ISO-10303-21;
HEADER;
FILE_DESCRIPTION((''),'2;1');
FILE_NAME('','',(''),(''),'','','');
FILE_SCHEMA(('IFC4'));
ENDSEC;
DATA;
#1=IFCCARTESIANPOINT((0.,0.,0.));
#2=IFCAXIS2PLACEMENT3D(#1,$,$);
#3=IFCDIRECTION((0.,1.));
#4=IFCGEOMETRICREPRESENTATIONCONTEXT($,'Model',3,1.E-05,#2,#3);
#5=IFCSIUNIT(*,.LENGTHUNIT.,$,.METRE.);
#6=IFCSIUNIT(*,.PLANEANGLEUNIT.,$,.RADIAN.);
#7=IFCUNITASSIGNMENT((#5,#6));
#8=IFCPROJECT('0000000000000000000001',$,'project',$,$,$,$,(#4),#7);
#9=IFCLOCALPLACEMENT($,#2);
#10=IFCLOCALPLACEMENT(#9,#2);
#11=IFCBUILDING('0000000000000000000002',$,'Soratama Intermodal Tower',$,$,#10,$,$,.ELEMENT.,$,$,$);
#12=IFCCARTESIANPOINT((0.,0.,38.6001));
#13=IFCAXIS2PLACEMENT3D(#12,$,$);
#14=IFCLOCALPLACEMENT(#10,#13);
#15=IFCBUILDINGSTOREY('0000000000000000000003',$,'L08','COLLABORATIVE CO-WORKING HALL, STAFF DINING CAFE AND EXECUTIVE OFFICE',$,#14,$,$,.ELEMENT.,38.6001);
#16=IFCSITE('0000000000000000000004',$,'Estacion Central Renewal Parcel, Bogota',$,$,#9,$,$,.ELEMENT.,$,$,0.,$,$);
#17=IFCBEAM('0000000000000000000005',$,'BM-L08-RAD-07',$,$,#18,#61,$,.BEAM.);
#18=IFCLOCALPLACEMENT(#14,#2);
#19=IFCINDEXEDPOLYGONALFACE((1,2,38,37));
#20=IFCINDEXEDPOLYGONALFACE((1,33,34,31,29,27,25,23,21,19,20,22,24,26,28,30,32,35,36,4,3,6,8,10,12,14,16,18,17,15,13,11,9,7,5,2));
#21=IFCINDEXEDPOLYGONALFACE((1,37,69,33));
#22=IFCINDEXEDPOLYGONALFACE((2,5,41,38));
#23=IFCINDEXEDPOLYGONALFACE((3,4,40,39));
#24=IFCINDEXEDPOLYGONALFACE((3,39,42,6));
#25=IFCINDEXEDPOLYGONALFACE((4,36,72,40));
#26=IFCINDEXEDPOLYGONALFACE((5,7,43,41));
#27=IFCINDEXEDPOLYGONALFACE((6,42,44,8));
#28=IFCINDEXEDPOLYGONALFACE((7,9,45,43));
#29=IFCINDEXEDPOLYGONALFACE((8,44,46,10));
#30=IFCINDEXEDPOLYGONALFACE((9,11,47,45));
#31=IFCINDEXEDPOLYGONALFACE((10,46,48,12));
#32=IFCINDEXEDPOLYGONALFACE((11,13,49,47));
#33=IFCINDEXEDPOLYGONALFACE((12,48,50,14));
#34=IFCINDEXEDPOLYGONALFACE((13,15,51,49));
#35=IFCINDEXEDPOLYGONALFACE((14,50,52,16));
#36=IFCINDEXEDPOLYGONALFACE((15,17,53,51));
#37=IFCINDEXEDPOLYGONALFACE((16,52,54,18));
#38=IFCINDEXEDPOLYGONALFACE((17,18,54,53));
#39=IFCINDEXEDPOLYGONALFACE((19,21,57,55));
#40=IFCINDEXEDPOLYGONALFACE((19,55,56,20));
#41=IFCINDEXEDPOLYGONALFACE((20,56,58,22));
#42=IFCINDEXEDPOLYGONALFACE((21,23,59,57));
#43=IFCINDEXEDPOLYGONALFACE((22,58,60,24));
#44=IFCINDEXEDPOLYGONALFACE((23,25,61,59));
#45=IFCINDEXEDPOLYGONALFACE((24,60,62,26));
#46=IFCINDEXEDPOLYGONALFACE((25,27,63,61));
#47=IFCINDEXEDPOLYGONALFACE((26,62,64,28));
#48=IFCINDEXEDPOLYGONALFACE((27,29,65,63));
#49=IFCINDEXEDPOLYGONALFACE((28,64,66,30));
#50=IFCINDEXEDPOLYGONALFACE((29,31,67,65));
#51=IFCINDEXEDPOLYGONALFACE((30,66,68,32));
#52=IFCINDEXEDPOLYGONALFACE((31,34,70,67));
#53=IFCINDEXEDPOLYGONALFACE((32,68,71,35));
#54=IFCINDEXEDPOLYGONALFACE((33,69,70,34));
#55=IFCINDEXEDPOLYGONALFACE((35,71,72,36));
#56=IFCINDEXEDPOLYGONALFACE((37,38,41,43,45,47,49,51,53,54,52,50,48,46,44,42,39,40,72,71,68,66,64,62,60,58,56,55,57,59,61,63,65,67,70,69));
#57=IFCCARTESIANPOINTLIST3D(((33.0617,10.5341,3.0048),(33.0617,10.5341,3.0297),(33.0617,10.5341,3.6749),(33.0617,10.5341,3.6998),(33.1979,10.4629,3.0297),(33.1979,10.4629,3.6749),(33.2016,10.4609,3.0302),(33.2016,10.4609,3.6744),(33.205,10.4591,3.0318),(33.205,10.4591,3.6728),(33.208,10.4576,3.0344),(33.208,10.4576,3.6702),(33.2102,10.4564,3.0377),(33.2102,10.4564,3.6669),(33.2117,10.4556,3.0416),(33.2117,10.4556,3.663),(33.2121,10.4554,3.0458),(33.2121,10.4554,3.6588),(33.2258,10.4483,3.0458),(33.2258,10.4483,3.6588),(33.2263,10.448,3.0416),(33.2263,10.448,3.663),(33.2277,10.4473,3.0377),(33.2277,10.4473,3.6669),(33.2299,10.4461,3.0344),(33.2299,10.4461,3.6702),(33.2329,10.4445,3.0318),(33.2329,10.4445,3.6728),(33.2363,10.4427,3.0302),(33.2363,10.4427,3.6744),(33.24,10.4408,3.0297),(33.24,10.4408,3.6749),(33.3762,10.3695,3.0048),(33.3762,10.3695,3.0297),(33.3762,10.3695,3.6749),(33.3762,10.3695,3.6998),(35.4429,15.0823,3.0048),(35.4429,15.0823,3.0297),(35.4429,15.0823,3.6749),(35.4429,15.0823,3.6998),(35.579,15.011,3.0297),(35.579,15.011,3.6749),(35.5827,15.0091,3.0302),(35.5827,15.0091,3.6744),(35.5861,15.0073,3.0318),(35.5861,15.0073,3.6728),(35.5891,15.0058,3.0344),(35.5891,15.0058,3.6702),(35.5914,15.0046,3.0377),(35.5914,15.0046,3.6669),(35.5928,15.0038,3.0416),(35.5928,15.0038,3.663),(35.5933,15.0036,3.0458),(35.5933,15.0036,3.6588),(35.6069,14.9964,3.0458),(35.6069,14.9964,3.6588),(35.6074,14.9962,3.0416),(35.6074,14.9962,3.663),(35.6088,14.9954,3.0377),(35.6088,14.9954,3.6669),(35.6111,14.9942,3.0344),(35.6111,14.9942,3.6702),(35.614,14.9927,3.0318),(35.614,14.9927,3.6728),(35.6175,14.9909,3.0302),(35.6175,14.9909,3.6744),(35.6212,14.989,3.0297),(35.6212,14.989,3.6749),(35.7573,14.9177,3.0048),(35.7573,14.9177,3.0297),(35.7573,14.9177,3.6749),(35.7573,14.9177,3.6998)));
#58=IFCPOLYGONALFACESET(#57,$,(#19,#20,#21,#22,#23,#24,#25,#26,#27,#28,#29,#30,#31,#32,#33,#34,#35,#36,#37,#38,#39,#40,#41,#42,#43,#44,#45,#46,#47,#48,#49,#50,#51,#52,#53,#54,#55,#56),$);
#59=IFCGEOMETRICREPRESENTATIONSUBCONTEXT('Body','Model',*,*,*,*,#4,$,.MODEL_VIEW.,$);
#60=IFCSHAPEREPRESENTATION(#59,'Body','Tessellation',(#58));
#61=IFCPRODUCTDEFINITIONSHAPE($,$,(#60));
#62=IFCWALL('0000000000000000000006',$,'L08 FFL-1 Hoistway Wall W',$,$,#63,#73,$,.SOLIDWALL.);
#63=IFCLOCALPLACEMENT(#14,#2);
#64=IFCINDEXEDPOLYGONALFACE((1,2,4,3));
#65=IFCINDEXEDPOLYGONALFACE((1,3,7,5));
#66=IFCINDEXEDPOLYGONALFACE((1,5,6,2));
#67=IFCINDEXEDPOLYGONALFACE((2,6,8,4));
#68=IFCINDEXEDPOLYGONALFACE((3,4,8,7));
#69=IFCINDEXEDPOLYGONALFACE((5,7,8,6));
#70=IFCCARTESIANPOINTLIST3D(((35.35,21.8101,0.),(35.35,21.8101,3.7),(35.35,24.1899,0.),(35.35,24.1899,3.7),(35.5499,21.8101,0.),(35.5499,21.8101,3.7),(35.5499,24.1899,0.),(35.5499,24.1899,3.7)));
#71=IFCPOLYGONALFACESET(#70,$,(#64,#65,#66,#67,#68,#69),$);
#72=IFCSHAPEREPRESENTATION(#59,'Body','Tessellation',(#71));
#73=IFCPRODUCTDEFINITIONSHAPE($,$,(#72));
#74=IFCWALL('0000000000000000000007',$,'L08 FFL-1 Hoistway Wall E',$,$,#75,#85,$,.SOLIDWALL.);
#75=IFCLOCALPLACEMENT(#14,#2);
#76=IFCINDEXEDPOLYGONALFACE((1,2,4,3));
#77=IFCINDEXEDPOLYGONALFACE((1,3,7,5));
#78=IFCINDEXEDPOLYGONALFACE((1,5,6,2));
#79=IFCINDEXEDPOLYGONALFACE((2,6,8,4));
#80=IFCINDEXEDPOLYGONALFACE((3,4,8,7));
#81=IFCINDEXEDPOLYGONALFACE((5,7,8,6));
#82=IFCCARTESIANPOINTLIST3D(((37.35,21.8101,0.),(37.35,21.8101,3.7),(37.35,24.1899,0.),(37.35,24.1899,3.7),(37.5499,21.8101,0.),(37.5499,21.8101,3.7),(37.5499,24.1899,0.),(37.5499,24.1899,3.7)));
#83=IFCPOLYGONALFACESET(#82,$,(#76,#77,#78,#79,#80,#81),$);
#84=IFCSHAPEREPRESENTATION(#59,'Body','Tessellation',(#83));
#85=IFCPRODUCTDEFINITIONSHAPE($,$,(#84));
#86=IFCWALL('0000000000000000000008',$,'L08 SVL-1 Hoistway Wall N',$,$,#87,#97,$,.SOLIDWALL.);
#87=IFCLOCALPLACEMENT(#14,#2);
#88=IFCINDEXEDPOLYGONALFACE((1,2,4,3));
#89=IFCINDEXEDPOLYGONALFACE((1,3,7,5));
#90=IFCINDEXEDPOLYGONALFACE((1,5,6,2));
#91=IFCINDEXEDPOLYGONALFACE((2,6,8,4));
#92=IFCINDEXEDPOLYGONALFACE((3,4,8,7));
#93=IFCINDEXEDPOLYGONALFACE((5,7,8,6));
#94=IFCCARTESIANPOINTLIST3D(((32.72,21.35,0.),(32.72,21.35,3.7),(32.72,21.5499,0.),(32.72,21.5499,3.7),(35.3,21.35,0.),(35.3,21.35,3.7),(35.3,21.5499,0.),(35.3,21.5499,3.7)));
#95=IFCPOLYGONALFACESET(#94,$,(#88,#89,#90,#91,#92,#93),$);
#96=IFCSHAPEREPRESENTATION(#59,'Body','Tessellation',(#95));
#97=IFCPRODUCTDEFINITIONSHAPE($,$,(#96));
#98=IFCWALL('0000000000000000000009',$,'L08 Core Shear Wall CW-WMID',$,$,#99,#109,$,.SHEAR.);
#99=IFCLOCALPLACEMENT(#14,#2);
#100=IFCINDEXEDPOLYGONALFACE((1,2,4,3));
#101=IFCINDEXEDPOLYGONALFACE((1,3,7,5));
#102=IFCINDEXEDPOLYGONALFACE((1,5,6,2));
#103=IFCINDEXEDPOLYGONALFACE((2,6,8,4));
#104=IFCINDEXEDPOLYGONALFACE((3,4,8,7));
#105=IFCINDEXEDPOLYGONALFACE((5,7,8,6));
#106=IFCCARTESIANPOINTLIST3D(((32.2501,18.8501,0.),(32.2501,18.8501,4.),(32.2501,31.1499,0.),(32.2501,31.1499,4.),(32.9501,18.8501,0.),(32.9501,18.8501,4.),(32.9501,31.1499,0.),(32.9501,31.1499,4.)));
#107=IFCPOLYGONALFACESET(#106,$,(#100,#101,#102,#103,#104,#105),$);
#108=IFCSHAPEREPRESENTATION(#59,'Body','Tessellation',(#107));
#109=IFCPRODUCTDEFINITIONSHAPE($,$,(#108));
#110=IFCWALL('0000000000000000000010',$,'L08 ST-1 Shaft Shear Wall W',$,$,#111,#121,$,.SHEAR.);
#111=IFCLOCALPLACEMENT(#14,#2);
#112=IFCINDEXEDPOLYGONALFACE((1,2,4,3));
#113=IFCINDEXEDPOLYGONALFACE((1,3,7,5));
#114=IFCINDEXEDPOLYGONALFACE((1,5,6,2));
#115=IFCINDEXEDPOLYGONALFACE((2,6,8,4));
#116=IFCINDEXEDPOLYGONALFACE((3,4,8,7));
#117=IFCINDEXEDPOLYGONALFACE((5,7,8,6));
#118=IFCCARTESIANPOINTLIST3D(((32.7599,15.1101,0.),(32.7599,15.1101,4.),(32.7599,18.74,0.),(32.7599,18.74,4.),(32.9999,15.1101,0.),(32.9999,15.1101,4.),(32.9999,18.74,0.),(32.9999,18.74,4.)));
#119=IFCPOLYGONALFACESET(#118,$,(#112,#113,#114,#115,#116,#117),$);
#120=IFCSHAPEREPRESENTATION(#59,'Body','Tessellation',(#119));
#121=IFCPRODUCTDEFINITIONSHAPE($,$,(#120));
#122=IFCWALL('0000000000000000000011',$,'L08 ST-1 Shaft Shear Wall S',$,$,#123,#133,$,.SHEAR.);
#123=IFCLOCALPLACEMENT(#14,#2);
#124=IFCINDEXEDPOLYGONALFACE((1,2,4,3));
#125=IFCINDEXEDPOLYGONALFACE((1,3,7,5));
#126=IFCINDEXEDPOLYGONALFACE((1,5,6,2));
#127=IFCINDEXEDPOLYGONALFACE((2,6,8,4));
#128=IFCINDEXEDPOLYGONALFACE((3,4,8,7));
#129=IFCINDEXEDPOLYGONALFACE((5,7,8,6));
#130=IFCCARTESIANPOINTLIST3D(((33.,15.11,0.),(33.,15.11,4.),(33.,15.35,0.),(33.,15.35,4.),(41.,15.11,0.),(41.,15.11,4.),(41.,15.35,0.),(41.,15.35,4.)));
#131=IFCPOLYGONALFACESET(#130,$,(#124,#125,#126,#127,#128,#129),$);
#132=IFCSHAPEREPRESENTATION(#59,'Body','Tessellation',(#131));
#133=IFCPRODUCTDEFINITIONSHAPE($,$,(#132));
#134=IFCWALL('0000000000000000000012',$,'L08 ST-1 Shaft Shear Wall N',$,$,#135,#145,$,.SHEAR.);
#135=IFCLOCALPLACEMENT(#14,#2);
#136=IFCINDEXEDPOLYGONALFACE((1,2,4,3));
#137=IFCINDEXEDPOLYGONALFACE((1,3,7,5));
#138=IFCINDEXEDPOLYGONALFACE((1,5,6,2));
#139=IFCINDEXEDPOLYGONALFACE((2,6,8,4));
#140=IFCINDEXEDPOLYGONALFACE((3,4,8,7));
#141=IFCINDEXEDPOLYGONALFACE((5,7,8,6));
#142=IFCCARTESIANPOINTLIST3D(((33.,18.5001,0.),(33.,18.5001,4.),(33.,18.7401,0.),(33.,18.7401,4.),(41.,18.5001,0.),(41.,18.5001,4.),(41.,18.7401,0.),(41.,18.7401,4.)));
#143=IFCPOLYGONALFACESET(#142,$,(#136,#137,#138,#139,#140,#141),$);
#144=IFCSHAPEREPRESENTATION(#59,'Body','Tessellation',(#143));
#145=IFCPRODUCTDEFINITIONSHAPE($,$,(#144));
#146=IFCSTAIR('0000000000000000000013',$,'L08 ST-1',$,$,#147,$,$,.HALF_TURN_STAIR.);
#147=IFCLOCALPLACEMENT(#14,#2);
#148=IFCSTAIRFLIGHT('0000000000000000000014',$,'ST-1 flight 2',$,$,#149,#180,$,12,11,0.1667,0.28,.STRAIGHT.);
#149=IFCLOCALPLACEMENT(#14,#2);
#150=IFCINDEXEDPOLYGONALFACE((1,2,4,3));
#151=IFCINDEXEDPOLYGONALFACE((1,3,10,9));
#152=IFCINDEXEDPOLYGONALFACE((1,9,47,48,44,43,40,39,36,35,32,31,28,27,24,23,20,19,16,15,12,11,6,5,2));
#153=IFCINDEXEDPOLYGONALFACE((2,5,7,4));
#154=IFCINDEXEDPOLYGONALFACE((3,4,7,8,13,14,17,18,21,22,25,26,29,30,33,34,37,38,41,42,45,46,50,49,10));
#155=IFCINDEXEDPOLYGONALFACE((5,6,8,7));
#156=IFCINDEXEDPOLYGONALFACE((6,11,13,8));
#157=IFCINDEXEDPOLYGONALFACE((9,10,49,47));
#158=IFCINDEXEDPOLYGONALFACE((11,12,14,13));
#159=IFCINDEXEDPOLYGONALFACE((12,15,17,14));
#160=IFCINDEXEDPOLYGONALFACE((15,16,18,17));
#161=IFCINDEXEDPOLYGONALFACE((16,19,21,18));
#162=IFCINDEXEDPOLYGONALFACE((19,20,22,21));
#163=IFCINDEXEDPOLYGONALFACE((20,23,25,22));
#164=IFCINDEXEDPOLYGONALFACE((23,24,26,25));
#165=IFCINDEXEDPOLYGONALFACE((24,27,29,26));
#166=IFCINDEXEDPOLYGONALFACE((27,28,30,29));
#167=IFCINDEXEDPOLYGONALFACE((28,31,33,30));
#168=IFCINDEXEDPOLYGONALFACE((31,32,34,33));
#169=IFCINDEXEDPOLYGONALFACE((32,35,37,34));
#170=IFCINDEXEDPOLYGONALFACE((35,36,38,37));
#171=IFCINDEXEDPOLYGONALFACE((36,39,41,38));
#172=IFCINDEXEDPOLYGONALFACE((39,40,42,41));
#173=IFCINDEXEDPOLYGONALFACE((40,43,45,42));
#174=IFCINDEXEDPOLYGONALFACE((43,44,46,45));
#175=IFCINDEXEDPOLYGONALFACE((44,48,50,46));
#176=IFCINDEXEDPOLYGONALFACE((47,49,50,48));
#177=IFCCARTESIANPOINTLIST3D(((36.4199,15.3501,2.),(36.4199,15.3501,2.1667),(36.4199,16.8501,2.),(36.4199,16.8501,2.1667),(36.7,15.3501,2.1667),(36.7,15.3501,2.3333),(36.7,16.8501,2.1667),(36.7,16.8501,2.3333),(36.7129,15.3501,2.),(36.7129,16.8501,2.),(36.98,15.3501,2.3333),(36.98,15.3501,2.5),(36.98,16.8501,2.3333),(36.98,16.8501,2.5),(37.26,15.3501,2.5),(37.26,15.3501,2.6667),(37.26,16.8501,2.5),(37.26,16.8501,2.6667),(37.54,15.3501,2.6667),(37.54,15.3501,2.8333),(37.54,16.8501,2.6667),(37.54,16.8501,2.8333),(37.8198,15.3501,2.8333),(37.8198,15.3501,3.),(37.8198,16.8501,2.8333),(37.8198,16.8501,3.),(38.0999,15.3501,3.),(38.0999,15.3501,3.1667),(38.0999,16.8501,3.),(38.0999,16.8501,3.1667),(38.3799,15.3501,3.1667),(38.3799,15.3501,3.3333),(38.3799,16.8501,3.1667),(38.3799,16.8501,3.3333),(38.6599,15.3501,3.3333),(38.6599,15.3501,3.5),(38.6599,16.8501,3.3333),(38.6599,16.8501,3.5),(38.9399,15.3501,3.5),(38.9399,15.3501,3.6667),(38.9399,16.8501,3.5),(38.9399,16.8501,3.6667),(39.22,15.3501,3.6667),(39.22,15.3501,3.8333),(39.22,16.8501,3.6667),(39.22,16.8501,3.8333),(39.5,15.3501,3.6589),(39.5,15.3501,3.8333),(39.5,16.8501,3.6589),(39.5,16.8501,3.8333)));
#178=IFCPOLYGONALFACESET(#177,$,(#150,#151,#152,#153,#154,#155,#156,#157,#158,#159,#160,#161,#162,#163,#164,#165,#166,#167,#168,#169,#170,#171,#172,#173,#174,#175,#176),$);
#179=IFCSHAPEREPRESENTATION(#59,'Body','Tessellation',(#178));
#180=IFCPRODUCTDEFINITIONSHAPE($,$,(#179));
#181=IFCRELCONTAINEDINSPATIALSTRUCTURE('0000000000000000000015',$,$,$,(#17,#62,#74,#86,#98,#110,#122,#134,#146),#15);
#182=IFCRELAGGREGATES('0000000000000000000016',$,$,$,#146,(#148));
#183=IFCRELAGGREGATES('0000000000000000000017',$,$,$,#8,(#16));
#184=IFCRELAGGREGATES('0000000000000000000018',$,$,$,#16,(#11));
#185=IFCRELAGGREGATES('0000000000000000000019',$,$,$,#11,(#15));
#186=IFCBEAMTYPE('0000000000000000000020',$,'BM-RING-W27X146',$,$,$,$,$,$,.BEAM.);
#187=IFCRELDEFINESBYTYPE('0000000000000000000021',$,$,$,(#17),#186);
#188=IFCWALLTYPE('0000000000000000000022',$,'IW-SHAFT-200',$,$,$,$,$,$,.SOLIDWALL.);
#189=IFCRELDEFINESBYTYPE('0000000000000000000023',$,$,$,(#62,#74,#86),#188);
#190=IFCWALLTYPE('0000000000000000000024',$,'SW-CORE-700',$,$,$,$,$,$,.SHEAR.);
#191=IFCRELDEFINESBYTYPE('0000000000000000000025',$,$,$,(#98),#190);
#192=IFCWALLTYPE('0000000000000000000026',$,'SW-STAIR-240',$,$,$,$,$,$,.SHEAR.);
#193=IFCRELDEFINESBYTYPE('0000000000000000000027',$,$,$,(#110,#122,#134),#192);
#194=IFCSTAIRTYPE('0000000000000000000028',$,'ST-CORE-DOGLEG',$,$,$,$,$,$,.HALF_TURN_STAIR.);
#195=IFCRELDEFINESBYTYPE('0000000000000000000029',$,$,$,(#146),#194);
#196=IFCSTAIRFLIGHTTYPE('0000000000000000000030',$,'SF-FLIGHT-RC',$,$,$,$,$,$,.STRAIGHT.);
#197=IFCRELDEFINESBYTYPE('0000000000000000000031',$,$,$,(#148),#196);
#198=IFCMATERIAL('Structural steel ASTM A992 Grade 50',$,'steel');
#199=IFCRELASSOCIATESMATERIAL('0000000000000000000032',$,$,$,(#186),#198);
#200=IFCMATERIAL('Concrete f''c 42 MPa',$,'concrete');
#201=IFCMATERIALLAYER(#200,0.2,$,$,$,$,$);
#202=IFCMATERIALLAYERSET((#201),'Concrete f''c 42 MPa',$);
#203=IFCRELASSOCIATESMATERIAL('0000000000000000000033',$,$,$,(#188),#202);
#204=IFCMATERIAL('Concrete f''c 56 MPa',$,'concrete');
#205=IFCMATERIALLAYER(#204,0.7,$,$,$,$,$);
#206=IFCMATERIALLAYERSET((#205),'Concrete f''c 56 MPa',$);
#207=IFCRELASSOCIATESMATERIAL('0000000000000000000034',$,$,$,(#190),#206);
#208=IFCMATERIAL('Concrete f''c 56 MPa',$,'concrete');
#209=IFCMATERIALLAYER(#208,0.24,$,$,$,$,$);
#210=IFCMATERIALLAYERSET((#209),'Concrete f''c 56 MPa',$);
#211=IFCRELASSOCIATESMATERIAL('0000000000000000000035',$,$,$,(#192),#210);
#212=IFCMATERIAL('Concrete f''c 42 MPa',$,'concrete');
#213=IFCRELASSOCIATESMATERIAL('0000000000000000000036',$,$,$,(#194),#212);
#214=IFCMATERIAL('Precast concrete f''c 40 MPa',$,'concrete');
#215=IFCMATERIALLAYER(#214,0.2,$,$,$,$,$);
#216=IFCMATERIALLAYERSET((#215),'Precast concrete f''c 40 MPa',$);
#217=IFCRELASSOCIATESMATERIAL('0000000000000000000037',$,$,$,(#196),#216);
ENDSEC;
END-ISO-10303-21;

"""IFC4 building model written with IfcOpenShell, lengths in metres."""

from ifc_helpers import new_model, si_unit, direction, frame, frame_2d, origin, origin_2d, place, context, subcontext, project, spatial, polyline, rectangle, i_section, outline, extrude, material, layer, layer_set, material_profile, profile_set, type_object, element, aggregate, save


model = new_model("IFC4")

# Units and contexts
model_context = context("Model", 3, precision=1e-05, world=origin(), true_north=direction((0.0, 1.0)))
body_context = subcontext(model_context, "Body", "Model", "MODEL_VIEW")
ifc_project = project(units=[si_unit("LENGTHUNIT", "METRE"), si_unit("PLANEANGLEUNIT", "RADIAN")], contexts=[model_context])

# Site, building, storey
site_placement = place(None, origin())
site = spatial("IfcSite", under=ifc_project, at=site_placement, Name="Estacion Central Renewal Parcel, Bogota", CompositionType="ELEMENT", RefElevation=0.0)
building_placement = place(site_placement, origin())
building = spatial("IfcBuilding", under=site, at=building_placement, Name="Soratama Intermodal Tower", CompositionType="ELEMENT")
storey_placement = place(building_placement, frame((0.0, 0.0, 38.6001)))
storey = spatial("IfcBuildingStorey", under=building, at=storey_placement, Name="L08", Description="COLLABORATIVE CO-WORKING HALL, STAFF DINING CAFE AND EXECUTIVE OFFICE", CompositionType="ELEMENT", Elevation=38.6001)

# Beam
ifc_material_1 = material(Name="Structural steel ASTM A992 Grade 50", Category="steel")
ifc_material_profile_1 = material_profile(ifc_material_1, i_section(OverallWidth=0.355, OverallDepth=0.6951, WebThickness=0.0154, FlangeThickness=0.0249, FilletRadius=0.0161, at=origin_2d()), Name="W27X146")
ifc_profile_set_1 = profile_set([ifc_material_profile_1], Name="Structural steel ASTM A992 Grade 50")
beam_type_1 = type_object("IfcBeamType", Name="BM-RING-W27X146", PredefinedType="BEAM", material=ifc_profile_set_1)
beam_1_placement = place(storey_placement, frame((35.6001, 15.0, 3.3523), z_axis=(-0.463819, -0.88593, 0.0), x_axis=(0.88593, -0.463819, 0.0)))
element("IfcBeam", 1, at=beam_1_placement, inside=storey, type_object=beam_type_1, Name="BM-L08-RAD-07", PredefinedType="BEAM", context=body_context, shape_type="SweptSolid", body=[
    extrude(i_section(OverallWidth=0.355, OverallDepth=0.6951, WebThickness=0.0154, FlangeThickness=0.0249, FilletRadius=0.0161, at=origin_2d()), origin(), (0.0, 0.0, 1.0), 5.1338),
])

# Shared definitions
ifc_material_2 = material(Name="Concrete f'c 42 MPa", Category="concrete")
ifc_layer_1 = layer(ifc_material_2, 0.2)
ifc_layer_set_1 = layer_set([ifc_layer_1], Name="Concrete f'c 42 MPa")
wall_type_1 = type_object("IfcWallType", Name="IW-SHAFT-200", PredefinedType="SOLIDWALL", material=ifc_layer_set_1)

# Walls
for number, where, z_axis, x_axis, name in (
    (2, (35.45, 21.8101, 0.0), (0.0, 0.0, 1.0), (0.0, 1.0, 0.0), "L08 FFL-1 Hoistway Wall W"),
    (3, (37.45, 21.8101, 0.0), (0.0, 0.0, 1.0), (0.0, 1.0, 0.0), "L08 FFL-1 Hoistway Wall E"),
):
    element("IfcWall", number, at=place(storey_placement, frame(where, z_axis=z_axis, x_axis=x_axis)), inside=storey, type_object=wall_type_1, Name=name, PredefinedType="SOLIDWALL", context=body_context, shape_type="SweptSolid", body=[
        extrude(rectangle(XDim=2.3799, YDim=0.2, at=frame_2d((1.1899, 0.0))), origin(), (0.0, 0.0, 1.0), 3.7),
    ])

# Wall
wall_1_placement = place(storey_placement, frame((32.72, 21.45, 0.0), z_axis=(0.0, 0.0, 1.0), x_axis=(1.0, 0.0, 0.0)))
element("IfcWall", 4, at=wall_1_placement, inside=storey, type_object=wall_type_1, Name="L08 SVL-1 Hoistway Wall N", PredefinedType="SOLIDWALL", context=body_context, shape_type="SweptSolid", body=[
    extrude(rectangle(XDim=2.5801, YDim=0.2, at=frame_2d((1.29, 0.0))), origin(), (0.0, 0.0, 1.0), 3.7),
])

# Walls
ifc_material_3 = material(Name="Concrete f'c 56 MPa", Category="concrete")
ifc_layer_2 = layer(ifc_material_3, 0.7)
ifc_layer_set_2 = layer_set([ifc_layer_2], Name="Concrete f'c 56 MPa")
wall_type_2 = type_object("IfcWallType", Name="SW-CORE-700", PredefinedType="SHEAR", material=ifc_layer_set_2)
wall_2_placement = place(storey_placement, frame((32.6001, 18.8501, 0.0), z_axis=(0.0, 0.0, 1.0), x_axis=(0.0, 1.0, 0.0)))
element("IfcWall", 5, at=wall_2_placement, inside=storey, type_object=wall_type_2, Name="L08 Core Shear Wall CW-WMID", PredefinedType="SHEAR", context=body_context, shape_type="SweptSolid", body=[
    extrude(rectangle(XDim=12.2998, YDim=0.7, at=frame_2d((6.1499, 0.0))), origin(), (0.0, 0.0, 1.0), 4.0),
])
ifc_material_4 = material(Name="Concrete f'c 56 MPa", Category="concrete")
ifc_layer_3 = layer(ifc_material_4, 0.24)
ifc_layer_set_3 = layer_set([ifc_layer_3], Name="Concrete f'c 56 MPa")
wall_type_3 = type_object("IfcWallType", Name="SW-STAIR-240", PredefinedType="SHEAR", material=ifc_layer_set_3)
wall_3_placement = place(storey_placement, frame((32.8799, 15.1101, 0.0), z_axis=(0.0, 0.0, 1.0), x_axis=(0.0, 1.0, 0.0)))
element("IfcWall", 6, at=wall_3_placement, inside=storey, type_object=wall_type_3, Name="L08 ST-1 Shaft Shear Wall W", PredefinedType="SHEAR", context=body_context, shape_type="SweptSolid", body=[
    extrude(rectangle(XDim=3.6299, YDim=0.24, at=frame_2d((1.8149, 0.0))), origin(), (0.0, 0.0, 1.0), 4.0),
])
for number, where, z_axis, x_axis, name in (
    (7, (33.0, 15.23, 0.0), (0.0, 0.0, 1.0), (1.0, 0.0, 0.0), "L08 ST-1 Shaft Shear Wall S"),
    (8, (33.0, 18.6201, 0.0), (0.0, 0.0, 1.0), (1.0, 0.0, 0.0), "L08 ST-1 Shaft Shear Wall N"),
):
    element("IfcWall", number, at=place(storey_placement, frame(where, z_axis=z_axis, x_axis=x_axis)), inside=storey, type_object=wall_type_3, Name=name, PredefinedType="SHEAR", context=body_context, shape_type="SweptSolid", body=[
        extrude(rectangle(XDim=8.0, YDim=0.24, at=frame_2d((4.0, 0.0))), origin(), (0.0, 0.0, 1.0), 4.0),
    ])

# Stair, stair flight
ifc_material_5 = material(Name="Concrete f'c 42 MPa", Category="concrete")
stair_type = type_object("IfcStairType", Name="ST-CORE-DOGLEG", PredefinedType="HALF_TURN_STAIR", material=ifc_material_5)
stair_placement = place(storey_placement, origin())
stair = element("IfcStair", 9, at=stair_placement, inside=storey, type_object=stair_type, Name="L08 ST-1", PredefinedType="HALF_TURN_STAIR")
ifc_material_6 = material(Name="Precast concrete f'c 40 MPa", Category="concrete")
ifc_layer_4 = layer(ifc_material_6, 0.2)
ifc_layer_set_4 = layer_set([ifc_layer_4], Name="Precast concrete f'c 40 MPa")
stair_flight_type = type_object("IfcStairFlightType", Name="SF-FLIGHT-RC", PredefinedType="STRAIGHT", material=ifc_layer_set_4)
stair_flight_placement = place(storey_placement, frame((36.4199, 16.1001, 2.0), z_axis=(0.0, 0.0, 1.0), x_axis=(1.0, 0.0, 0.0)))
stair_flight = element("IfcStairFlight", 10, at=stair_flight_placement, type_object=stair_flight_type, Name="ST-1 flight 2", NumberOfRisers=12, NumberOfTreads=11, PredefinedType="STRAIGHT", RiserHeight=0.1667, TreadLength=0.28, context=body_context, shape_type="SweptSolid", body=[
    extrude(outline(polyline([(0.0, 0.0), (0.0, 0.1667), (0.28, 0.1667), (0.28, 0.3333), (0.5601, 0.3333), (0.5601, 0.5), (0.8401, 0.5), (0.8401, 0.6667), (1.1201, 0.6667), (1.1201, 0.8333), (1.3999, 0.8333), (1.3999, 1.0), (1.6799, 1.0), (1.6799, 1.1667), (1.96, 1.1667), (1.96, 1.3333), (2.24, 1.3333), (2.24, 1.5), (2.52, 1.5), (2.52, 1.6667), (2.8, 1.6667), (2.8, 1.8333), (3.0801, 1.8333), (3.0801, 2.0), (3.0801, 1.6589), (0.293, 0.0), (0.0, 0.0)])), frame((0.0, 0.75, 0.0), z_axis=(0.0, -1.0, 0.0), x_axis=(1.0, 0.0, 0.0)), (0.0, 0.0, 1.0), 1.5),
])
aggregate(stair, [stair_flight])

save(model, "model.ifc")
